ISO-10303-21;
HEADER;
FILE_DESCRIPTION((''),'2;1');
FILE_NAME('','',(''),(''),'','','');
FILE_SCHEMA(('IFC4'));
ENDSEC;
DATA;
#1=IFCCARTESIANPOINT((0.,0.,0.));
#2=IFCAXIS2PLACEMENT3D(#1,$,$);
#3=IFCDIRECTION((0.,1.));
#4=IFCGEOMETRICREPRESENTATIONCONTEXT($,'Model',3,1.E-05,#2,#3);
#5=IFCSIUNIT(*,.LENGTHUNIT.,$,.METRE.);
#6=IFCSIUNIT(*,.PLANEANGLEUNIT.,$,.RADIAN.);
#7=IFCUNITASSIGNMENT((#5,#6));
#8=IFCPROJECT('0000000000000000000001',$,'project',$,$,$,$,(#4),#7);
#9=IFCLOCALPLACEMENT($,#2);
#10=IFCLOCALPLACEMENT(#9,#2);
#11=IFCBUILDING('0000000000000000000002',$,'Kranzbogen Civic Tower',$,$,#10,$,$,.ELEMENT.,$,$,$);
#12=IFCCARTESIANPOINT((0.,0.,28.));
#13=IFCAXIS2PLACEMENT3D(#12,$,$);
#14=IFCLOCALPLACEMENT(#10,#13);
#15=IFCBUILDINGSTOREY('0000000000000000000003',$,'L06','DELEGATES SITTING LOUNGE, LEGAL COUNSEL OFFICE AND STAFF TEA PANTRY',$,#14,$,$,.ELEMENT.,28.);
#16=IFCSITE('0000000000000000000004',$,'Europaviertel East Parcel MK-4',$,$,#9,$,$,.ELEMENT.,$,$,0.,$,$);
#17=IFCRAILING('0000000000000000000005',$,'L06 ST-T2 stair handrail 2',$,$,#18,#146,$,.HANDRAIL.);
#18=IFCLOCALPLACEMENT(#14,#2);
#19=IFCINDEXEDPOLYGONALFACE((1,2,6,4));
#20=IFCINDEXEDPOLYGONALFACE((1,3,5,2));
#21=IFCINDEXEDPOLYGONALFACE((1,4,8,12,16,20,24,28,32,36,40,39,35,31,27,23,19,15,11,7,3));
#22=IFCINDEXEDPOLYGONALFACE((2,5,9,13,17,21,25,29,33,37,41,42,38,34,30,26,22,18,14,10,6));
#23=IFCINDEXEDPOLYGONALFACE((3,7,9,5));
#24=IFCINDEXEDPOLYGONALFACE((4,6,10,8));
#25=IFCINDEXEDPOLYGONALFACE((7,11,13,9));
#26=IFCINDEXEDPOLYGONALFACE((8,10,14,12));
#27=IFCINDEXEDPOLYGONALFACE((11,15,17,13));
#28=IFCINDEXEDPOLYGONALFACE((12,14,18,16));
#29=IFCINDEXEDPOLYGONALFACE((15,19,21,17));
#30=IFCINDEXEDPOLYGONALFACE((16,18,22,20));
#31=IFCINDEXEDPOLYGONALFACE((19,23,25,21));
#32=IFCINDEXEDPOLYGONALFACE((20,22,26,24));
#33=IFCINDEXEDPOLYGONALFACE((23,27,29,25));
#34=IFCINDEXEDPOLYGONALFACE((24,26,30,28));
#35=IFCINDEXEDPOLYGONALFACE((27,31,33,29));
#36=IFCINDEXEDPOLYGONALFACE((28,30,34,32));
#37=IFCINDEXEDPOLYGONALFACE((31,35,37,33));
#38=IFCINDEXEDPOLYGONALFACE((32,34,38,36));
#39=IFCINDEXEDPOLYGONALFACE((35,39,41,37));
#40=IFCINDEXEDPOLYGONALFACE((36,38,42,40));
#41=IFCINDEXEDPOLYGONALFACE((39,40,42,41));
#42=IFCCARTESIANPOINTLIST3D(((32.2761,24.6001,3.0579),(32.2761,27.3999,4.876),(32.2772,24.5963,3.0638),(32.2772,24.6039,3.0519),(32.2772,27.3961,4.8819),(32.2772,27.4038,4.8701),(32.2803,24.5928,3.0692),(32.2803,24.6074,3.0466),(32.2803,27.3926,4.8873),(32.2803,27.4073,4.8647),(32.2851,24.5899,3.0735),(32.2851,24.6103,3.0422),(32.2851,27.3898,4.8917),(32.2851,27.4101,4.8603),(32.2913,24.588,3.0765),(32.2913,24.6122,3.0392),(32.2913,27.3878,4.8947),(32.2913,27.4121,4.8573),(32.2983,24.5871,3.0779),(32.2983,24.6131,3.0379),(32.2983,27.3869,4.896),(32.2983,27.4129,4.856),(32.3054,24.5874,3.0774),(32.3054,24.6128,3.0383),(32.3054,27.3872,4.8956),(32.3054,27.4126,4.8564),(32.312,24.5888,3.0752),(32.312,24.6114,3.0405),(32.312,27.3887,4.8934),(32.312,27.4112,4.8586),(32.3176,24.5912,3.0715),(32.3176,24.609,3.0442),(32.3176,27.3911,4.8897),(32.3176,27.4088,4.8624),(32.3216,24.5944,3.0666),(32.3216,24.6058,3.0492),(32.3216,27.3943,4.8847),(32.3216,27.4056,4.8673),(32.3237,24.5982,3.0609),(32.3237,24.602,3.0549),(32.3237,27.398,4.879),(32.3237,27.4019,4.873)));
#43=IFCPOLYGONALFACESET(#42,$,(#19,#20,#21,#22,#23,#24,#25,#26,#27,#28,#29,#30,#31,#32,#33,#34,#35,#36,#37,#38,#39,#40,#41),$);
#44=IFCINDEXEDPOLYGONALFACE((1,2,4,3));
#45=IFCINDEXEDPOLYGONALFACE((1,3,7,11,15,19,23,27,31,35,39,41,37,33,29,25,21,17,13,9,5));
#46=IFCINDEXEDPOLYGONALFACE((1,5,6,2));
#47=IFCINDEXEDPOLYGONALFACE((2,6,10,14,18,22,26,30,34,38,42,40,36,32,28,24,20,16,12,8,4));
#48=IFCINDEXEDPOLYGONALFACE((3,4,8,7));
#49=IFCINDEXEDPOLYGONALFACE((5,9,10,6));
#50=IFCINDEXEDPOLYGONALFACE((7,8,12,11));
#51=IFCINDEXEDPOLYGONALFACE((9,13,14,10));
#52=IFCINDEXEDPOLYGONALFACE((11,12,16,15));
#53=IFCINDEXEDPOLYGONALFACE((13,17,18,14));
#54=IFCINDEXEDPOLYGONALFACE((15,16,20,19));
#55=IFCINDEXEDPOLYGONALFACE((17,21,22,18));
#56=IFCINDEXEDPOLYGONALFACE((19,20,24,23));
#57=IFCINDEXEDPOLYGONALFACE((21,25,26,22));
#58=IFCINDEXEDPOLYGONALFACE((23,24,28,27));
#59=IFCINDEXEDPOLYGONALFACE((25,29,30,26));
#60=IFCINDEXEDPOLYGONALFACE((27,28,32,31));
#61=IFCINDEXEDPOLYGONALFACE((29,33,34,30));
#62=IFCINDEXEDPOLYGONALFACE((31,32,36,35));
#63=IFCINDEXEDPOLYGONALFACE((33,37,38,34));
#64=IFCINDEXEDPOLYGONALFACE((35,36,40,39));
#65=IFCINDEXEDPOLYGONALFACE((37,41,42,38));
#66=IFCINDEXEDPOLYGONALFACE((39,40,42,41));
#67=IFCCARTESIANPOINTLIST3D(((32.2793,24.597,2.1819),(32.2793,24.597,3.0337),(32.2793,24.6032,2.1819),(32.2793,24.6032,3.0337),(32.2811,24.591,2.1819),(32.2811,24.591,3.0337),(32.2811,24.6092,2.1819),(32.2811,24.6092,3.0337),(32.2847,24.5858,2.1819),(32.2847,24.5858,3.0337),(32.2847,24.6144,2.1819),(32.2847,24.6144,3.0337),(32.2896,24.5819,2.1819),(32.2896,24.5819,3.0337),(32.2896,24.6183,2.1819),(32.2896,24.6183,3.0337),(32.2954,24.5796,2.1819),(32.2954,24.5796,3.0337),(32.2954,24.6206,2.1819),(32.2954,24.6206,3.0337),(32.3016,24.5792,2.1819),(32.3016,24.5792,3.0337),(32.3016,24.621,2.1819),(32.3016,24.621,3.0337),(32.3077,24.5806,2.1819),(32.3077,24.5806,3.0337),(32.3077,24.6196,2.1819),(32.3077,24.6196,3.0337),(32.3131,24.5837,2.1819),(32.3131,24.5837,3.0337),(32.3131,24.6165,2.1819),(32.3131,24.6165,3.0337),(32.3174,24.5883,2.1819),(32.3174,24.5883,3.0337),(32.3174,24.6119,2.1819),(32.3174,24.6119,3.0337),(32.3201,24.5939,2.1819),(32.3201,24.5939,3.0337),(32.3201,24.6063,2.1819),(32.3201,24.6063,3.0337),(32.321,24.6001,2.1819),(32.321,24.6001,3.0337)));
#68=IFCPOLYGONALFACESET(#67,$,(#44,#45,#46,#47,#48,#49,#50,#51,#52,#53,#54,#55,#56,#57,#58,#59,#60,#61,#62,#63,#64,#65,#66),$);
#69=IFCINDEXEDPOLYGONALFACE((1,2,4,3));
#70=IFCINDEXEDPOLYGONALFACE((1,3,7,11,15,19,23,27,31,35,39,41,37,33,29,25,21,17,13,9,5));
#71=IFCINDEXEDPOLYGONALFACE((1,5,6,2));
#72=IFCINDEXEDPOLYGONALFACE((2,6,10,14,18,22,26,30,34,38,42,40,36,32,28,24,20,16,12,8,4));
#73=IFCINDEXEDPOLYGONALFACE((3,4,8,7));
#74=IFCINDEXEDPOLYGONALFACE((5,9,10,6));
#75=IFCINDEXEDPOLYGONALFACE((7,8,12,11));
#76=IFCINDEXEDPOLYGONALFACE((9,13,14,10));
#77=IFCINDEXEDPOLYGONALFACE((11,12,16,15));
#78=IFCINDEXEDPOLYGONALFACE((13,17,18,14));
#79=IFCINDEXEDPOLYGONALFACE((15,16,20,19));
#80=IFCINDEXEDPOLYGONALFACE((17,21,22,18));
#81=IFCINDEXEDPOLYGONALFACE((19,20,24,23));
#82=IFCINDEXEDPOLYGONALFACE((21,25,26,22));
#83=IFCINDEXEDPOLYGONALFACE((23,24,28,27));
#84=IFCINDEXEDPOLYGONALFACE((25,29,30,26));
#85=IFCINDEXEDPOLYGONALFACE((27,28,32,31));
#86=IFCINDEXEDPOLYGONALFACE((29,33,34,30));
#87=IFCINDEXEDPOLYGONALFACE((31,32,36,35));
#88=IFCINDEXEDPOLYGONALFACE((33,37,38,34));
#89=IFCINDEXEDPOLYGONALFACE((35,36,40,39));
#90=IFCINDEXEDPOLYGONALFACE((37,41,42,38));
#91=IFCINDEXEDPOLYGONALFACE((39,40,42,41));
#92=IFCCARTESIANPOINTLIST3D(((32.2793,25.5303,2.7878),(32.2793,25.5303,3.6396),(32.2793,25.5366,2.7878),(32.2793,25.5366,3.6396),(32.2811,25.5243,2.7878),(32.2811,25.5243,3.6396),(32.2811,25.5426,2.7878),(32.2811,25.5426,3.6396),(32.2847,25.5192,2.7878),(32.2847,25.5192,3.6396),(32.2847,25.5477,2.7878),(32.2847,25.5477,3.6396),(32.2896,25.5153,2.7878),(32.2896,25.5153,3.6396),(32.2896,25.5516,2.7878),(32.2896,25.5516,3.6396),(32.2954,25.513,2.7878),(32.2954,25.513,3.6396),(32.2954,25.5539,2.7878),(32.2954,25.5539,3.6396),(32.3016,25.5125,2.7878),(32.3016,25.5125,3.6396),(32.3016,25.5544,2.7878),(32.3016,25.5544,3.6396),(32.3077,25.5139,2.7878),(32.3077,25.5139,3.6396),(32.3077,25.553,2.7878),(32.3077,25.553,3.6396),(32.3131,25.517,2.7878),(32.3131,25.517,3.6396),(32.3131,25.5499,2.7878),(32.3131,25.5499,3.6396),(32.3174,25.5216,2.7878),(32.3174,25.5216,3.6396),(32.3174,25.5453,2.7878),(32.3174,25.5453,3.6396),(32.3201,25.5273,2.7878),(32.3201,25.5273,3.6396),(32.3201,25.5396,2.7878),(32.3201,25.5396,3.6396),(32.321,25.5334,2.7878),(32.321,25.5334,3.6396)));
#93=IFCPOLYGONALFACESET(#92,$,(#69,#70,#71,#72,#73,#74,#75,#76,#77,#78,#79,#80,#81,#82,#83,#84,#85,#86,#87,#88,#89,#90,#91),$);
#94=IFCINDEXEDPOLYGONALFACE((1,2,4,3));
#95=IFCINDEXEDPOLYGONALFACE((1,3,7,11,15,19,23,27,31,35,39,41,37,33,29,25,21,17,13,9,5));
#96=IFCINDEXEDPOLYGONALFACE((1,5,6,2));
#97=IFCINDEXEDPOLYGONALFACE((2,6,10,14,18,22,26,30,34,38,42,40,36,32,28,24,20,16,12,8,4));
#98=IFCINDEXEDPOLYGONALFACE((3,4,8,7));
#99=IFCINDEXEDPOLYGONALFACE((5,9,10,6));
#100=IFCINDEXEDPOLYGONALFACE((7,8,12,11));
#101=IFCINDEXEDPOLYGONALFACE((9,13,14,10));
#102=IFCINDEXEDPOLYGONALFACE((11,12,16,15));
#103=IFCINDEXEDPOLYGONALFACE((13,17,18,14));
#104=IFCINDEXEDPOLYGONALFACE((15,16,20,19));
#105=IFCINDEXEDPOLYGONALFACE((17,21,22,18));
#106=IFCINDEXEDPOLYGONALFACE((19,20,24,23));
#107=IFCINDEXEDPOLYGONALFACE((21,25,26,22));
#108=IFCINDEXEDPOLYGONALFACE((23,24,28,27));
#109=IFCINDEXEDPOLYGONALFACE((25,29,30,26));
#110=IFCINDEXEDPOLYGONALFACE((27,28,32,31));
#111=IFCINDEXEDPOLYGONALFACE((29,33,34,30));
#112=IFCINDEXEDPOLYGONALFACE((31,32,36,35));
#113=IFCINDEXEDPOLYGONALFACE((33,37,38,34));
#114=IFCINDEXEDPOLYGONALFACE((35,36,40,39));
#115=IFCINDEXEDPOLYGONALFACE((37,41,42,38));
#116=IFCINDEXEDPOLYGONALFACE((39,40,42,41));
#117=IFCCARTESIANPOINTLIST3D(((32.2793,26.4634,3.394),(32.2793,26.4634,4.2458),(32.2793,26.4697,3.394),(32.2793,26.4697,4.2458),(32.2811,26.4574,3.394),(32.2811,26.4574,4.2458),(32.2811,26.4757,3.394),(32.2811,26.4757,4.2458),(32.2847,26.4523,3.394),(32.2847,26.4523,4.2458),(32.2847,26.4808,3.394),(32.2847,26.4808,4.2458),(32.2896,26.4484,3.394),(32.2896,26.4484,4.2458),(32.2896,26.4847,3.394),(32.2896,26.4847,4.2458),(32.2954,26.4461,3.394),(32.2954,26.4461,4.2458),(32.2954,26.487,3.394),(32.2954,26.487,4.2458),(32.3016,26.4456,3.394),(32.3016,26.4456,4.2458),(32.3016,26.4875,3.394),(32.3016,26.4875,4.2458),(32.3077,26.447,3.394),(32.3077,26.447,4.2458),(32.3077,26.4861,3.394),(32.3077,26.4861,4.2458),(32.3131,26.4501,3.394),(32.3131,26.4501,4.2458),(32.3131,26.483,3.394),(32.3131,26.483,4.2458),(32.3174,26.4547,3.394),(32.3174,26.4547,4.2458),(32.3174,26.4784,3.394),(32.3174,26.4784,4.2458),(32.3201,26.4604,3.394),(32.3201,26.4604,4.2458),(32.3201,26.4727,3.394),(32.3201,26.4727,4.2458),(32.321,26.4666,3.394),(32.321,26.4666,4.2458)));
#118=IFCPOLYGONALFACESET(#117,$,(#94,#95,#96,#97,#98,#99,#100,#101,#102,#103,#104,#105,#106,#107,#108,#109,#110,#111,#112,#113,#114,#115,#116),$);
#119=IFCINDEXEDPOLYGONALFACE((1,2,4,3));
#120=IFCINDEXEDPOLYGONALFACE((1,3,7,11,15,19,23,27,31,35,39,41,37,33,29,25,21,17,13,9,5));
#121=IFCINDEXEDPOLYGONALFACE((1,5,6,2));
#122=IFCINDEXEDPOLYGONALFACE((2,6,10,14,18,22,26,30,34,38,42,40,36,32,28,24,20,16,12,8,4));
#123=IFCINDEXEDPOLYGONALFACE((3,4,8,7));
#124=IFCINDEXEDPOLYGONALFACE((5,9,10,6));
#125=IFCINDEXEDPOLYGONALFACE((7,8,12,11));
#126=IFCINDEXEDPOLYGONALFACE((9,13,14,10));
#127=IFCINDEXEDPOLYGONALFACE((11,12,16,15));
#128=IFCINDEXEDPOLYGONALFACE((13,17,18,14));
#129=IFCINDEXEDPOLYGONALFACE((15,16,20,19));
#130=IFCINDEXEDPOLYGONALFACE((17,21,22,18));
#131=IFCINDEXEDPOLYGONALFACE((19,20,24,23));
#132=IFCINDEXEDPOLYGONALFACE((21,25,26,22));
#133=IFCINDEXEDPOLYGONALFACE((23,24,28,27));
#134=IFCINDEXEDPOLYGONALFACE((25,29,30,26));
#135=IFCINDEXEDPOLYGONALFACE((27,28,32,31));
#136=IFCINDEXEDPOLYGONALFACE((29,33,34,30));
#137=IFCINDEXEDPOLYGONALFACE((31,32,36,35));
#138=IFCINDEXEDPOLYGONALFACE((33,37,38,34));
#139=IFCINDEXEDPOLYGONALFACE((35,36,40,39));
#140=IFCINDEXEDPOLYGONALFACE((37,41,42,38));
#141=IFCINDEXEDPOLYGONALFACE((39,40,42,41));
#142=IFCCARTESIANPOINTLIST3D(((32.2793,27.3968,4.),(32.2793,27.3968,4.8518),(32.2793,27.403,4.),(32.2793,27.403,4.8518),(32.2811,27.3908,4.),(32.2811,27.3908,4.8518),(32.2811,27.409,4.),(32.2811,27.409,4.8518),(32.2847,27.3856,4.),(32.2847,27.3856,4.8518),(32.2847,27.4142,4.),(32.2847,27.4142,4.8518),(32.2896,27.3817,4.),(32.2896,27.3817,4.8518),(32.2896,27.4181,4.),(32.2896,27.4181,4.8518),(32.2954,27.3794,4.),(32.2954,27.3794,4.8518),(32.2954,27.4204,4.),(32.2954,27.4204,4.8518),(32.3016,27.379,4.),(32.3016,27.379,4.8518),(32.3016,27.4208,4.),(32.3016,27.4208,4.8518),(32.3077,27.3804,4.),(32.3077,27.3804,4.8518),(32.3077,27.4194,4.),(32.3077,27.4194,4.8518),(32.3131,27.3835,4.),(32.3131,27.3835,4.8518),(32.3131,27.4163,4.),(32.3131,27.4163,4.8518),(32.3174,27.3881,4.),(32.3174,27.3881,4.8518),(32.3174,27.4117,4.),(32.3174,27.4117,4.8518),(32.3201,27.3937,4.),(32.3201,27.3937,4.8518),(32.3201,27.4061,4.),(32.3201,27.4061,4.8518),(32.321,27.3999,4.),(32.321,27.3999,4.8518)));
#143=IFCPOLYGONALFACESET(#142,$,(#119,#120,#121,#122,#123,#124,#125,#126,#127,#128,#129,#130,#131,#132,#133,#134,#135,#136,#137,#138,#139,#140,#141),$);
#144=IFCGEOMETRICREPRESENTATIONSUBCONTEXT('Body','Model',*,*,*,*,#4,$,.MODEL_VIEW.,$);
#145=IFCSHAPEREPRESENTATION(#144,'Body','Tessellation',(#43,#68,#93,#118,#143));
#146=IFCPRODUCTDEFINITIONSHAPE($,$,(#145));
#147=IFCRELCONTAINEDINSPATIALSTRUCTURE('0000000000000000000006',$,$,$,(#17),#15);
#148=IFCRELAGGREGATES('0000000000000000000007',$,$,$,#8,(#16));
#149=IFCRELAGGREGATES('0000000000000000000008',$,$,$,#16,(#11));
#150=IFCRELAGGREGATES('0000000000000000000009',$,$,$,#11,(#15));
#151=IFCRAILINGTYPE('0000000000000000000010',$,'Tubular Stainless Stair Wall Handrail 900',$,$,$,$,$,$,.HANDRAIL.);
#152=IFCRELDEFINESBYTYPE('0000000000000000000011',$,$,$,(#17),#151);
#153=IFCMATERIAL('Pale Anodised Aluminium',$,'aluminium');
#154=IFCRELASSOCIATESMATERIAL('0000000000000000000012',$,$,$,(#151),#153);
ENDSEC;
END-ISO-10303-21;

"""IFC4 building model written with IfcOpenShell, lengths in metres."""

from ifc_helpers import new_model, si_unit, direction, frame, origin, origin_2d, place, context, subcontext, project, spatial, circle, extrude, material, type_object, element, save


model = new_model("IFC4")

# Units and contexts
model_context = context("Model", 3, precision=1e-05, world=origin(), true_north=direction((0.0, 1.0)))
body_context = subcontext(model_context, "Body", "Model", "MODEL_VIEW")
ifc_project = project(units=[si_unit("LENGTHUNIT", "METRE"), si_unit("PLANEANGLEUNIT", "RADIAN")], contexts=[model_context])

# Site, building, storey
site_placement = place(None, origin())
site = spatial("IfcSite", under=ifc_project, at=site_placement, Name="Europaviertel East Parcel MK-4", CompositionType="ELEMENT", RefElevation=0.0)
building_placement = place(site_placement, origin())
building = spatial("IfcBuilding", under=site, at=building_placement, Name="Kranzbogen Civic Tower", CompositionType="ELEMENT")
storey_placement = place(building_placement, frame((0.0, 0.0, 28.0)))
storey = spatial("IfcBuildingStorey", under=building, at=storey_placement, Name="L06", Description="DELEGATES SITTING LOUNGE, LEGAL COUNSEL OFFICE AND STAFF TEA PANTRY", CompositionType="ELEMENT", Elevation=28.0)

# Shared definitions
ifc_material_1 = material(Name="Pale Anodised Aluminium", Category="aluminium")

# Railing
railing_type_1 = type_object("IfcRailingType", Name="Tubular Stainless Stair Wall Handrail 900", PredefinedType="HANDRAIL", material=ifc_material_1)
railing_1_placement = place(storey_placement, frame((32.3, 24.6001, 2.1819)))
element("IfcRailing", 1, at=railing_1_placement, inside=storey, type_object=railing_type_1, Name="L06 ST-T2 stair handrail 2", PredefinedType="HANDRAIL", context=body_context, shape_type="SweptSolid", body=[
    extrude(circle(Radius=0.0239, at=origin_2d()), frame((0.0, 0.0, 0.876), z_axis=(0.0, 0.838684, 0.544618), x_axis=(-1.0, 0.0, 0.0)), (0.0, 0.0, 1.0), 3.3384),
    extrude(circle(Radius=0.021, at=origin_2d()), origin(), (0.0, 0.0, 1.0), 0.8518),
    extrude(circle(Radius=0.021, at=origin_2d()), frame((0.0, 0.9333, 0.606)), (0.0, 0.0, 1.0), 0.8518),
    extrude(circle(Radius=0.021, at=origin_2d()), frame((0.0, 1.8665, 1.2122)), (0.0, 0.0, 1.0), 0.8518),
    extrude(circle(Radius=0.021, at=origin_2d()), frame((0.0, 2.7998, 1.8181)), (0.0, 0.0, 1.0), 0.8518),
])

save(model, "model.ifc")
